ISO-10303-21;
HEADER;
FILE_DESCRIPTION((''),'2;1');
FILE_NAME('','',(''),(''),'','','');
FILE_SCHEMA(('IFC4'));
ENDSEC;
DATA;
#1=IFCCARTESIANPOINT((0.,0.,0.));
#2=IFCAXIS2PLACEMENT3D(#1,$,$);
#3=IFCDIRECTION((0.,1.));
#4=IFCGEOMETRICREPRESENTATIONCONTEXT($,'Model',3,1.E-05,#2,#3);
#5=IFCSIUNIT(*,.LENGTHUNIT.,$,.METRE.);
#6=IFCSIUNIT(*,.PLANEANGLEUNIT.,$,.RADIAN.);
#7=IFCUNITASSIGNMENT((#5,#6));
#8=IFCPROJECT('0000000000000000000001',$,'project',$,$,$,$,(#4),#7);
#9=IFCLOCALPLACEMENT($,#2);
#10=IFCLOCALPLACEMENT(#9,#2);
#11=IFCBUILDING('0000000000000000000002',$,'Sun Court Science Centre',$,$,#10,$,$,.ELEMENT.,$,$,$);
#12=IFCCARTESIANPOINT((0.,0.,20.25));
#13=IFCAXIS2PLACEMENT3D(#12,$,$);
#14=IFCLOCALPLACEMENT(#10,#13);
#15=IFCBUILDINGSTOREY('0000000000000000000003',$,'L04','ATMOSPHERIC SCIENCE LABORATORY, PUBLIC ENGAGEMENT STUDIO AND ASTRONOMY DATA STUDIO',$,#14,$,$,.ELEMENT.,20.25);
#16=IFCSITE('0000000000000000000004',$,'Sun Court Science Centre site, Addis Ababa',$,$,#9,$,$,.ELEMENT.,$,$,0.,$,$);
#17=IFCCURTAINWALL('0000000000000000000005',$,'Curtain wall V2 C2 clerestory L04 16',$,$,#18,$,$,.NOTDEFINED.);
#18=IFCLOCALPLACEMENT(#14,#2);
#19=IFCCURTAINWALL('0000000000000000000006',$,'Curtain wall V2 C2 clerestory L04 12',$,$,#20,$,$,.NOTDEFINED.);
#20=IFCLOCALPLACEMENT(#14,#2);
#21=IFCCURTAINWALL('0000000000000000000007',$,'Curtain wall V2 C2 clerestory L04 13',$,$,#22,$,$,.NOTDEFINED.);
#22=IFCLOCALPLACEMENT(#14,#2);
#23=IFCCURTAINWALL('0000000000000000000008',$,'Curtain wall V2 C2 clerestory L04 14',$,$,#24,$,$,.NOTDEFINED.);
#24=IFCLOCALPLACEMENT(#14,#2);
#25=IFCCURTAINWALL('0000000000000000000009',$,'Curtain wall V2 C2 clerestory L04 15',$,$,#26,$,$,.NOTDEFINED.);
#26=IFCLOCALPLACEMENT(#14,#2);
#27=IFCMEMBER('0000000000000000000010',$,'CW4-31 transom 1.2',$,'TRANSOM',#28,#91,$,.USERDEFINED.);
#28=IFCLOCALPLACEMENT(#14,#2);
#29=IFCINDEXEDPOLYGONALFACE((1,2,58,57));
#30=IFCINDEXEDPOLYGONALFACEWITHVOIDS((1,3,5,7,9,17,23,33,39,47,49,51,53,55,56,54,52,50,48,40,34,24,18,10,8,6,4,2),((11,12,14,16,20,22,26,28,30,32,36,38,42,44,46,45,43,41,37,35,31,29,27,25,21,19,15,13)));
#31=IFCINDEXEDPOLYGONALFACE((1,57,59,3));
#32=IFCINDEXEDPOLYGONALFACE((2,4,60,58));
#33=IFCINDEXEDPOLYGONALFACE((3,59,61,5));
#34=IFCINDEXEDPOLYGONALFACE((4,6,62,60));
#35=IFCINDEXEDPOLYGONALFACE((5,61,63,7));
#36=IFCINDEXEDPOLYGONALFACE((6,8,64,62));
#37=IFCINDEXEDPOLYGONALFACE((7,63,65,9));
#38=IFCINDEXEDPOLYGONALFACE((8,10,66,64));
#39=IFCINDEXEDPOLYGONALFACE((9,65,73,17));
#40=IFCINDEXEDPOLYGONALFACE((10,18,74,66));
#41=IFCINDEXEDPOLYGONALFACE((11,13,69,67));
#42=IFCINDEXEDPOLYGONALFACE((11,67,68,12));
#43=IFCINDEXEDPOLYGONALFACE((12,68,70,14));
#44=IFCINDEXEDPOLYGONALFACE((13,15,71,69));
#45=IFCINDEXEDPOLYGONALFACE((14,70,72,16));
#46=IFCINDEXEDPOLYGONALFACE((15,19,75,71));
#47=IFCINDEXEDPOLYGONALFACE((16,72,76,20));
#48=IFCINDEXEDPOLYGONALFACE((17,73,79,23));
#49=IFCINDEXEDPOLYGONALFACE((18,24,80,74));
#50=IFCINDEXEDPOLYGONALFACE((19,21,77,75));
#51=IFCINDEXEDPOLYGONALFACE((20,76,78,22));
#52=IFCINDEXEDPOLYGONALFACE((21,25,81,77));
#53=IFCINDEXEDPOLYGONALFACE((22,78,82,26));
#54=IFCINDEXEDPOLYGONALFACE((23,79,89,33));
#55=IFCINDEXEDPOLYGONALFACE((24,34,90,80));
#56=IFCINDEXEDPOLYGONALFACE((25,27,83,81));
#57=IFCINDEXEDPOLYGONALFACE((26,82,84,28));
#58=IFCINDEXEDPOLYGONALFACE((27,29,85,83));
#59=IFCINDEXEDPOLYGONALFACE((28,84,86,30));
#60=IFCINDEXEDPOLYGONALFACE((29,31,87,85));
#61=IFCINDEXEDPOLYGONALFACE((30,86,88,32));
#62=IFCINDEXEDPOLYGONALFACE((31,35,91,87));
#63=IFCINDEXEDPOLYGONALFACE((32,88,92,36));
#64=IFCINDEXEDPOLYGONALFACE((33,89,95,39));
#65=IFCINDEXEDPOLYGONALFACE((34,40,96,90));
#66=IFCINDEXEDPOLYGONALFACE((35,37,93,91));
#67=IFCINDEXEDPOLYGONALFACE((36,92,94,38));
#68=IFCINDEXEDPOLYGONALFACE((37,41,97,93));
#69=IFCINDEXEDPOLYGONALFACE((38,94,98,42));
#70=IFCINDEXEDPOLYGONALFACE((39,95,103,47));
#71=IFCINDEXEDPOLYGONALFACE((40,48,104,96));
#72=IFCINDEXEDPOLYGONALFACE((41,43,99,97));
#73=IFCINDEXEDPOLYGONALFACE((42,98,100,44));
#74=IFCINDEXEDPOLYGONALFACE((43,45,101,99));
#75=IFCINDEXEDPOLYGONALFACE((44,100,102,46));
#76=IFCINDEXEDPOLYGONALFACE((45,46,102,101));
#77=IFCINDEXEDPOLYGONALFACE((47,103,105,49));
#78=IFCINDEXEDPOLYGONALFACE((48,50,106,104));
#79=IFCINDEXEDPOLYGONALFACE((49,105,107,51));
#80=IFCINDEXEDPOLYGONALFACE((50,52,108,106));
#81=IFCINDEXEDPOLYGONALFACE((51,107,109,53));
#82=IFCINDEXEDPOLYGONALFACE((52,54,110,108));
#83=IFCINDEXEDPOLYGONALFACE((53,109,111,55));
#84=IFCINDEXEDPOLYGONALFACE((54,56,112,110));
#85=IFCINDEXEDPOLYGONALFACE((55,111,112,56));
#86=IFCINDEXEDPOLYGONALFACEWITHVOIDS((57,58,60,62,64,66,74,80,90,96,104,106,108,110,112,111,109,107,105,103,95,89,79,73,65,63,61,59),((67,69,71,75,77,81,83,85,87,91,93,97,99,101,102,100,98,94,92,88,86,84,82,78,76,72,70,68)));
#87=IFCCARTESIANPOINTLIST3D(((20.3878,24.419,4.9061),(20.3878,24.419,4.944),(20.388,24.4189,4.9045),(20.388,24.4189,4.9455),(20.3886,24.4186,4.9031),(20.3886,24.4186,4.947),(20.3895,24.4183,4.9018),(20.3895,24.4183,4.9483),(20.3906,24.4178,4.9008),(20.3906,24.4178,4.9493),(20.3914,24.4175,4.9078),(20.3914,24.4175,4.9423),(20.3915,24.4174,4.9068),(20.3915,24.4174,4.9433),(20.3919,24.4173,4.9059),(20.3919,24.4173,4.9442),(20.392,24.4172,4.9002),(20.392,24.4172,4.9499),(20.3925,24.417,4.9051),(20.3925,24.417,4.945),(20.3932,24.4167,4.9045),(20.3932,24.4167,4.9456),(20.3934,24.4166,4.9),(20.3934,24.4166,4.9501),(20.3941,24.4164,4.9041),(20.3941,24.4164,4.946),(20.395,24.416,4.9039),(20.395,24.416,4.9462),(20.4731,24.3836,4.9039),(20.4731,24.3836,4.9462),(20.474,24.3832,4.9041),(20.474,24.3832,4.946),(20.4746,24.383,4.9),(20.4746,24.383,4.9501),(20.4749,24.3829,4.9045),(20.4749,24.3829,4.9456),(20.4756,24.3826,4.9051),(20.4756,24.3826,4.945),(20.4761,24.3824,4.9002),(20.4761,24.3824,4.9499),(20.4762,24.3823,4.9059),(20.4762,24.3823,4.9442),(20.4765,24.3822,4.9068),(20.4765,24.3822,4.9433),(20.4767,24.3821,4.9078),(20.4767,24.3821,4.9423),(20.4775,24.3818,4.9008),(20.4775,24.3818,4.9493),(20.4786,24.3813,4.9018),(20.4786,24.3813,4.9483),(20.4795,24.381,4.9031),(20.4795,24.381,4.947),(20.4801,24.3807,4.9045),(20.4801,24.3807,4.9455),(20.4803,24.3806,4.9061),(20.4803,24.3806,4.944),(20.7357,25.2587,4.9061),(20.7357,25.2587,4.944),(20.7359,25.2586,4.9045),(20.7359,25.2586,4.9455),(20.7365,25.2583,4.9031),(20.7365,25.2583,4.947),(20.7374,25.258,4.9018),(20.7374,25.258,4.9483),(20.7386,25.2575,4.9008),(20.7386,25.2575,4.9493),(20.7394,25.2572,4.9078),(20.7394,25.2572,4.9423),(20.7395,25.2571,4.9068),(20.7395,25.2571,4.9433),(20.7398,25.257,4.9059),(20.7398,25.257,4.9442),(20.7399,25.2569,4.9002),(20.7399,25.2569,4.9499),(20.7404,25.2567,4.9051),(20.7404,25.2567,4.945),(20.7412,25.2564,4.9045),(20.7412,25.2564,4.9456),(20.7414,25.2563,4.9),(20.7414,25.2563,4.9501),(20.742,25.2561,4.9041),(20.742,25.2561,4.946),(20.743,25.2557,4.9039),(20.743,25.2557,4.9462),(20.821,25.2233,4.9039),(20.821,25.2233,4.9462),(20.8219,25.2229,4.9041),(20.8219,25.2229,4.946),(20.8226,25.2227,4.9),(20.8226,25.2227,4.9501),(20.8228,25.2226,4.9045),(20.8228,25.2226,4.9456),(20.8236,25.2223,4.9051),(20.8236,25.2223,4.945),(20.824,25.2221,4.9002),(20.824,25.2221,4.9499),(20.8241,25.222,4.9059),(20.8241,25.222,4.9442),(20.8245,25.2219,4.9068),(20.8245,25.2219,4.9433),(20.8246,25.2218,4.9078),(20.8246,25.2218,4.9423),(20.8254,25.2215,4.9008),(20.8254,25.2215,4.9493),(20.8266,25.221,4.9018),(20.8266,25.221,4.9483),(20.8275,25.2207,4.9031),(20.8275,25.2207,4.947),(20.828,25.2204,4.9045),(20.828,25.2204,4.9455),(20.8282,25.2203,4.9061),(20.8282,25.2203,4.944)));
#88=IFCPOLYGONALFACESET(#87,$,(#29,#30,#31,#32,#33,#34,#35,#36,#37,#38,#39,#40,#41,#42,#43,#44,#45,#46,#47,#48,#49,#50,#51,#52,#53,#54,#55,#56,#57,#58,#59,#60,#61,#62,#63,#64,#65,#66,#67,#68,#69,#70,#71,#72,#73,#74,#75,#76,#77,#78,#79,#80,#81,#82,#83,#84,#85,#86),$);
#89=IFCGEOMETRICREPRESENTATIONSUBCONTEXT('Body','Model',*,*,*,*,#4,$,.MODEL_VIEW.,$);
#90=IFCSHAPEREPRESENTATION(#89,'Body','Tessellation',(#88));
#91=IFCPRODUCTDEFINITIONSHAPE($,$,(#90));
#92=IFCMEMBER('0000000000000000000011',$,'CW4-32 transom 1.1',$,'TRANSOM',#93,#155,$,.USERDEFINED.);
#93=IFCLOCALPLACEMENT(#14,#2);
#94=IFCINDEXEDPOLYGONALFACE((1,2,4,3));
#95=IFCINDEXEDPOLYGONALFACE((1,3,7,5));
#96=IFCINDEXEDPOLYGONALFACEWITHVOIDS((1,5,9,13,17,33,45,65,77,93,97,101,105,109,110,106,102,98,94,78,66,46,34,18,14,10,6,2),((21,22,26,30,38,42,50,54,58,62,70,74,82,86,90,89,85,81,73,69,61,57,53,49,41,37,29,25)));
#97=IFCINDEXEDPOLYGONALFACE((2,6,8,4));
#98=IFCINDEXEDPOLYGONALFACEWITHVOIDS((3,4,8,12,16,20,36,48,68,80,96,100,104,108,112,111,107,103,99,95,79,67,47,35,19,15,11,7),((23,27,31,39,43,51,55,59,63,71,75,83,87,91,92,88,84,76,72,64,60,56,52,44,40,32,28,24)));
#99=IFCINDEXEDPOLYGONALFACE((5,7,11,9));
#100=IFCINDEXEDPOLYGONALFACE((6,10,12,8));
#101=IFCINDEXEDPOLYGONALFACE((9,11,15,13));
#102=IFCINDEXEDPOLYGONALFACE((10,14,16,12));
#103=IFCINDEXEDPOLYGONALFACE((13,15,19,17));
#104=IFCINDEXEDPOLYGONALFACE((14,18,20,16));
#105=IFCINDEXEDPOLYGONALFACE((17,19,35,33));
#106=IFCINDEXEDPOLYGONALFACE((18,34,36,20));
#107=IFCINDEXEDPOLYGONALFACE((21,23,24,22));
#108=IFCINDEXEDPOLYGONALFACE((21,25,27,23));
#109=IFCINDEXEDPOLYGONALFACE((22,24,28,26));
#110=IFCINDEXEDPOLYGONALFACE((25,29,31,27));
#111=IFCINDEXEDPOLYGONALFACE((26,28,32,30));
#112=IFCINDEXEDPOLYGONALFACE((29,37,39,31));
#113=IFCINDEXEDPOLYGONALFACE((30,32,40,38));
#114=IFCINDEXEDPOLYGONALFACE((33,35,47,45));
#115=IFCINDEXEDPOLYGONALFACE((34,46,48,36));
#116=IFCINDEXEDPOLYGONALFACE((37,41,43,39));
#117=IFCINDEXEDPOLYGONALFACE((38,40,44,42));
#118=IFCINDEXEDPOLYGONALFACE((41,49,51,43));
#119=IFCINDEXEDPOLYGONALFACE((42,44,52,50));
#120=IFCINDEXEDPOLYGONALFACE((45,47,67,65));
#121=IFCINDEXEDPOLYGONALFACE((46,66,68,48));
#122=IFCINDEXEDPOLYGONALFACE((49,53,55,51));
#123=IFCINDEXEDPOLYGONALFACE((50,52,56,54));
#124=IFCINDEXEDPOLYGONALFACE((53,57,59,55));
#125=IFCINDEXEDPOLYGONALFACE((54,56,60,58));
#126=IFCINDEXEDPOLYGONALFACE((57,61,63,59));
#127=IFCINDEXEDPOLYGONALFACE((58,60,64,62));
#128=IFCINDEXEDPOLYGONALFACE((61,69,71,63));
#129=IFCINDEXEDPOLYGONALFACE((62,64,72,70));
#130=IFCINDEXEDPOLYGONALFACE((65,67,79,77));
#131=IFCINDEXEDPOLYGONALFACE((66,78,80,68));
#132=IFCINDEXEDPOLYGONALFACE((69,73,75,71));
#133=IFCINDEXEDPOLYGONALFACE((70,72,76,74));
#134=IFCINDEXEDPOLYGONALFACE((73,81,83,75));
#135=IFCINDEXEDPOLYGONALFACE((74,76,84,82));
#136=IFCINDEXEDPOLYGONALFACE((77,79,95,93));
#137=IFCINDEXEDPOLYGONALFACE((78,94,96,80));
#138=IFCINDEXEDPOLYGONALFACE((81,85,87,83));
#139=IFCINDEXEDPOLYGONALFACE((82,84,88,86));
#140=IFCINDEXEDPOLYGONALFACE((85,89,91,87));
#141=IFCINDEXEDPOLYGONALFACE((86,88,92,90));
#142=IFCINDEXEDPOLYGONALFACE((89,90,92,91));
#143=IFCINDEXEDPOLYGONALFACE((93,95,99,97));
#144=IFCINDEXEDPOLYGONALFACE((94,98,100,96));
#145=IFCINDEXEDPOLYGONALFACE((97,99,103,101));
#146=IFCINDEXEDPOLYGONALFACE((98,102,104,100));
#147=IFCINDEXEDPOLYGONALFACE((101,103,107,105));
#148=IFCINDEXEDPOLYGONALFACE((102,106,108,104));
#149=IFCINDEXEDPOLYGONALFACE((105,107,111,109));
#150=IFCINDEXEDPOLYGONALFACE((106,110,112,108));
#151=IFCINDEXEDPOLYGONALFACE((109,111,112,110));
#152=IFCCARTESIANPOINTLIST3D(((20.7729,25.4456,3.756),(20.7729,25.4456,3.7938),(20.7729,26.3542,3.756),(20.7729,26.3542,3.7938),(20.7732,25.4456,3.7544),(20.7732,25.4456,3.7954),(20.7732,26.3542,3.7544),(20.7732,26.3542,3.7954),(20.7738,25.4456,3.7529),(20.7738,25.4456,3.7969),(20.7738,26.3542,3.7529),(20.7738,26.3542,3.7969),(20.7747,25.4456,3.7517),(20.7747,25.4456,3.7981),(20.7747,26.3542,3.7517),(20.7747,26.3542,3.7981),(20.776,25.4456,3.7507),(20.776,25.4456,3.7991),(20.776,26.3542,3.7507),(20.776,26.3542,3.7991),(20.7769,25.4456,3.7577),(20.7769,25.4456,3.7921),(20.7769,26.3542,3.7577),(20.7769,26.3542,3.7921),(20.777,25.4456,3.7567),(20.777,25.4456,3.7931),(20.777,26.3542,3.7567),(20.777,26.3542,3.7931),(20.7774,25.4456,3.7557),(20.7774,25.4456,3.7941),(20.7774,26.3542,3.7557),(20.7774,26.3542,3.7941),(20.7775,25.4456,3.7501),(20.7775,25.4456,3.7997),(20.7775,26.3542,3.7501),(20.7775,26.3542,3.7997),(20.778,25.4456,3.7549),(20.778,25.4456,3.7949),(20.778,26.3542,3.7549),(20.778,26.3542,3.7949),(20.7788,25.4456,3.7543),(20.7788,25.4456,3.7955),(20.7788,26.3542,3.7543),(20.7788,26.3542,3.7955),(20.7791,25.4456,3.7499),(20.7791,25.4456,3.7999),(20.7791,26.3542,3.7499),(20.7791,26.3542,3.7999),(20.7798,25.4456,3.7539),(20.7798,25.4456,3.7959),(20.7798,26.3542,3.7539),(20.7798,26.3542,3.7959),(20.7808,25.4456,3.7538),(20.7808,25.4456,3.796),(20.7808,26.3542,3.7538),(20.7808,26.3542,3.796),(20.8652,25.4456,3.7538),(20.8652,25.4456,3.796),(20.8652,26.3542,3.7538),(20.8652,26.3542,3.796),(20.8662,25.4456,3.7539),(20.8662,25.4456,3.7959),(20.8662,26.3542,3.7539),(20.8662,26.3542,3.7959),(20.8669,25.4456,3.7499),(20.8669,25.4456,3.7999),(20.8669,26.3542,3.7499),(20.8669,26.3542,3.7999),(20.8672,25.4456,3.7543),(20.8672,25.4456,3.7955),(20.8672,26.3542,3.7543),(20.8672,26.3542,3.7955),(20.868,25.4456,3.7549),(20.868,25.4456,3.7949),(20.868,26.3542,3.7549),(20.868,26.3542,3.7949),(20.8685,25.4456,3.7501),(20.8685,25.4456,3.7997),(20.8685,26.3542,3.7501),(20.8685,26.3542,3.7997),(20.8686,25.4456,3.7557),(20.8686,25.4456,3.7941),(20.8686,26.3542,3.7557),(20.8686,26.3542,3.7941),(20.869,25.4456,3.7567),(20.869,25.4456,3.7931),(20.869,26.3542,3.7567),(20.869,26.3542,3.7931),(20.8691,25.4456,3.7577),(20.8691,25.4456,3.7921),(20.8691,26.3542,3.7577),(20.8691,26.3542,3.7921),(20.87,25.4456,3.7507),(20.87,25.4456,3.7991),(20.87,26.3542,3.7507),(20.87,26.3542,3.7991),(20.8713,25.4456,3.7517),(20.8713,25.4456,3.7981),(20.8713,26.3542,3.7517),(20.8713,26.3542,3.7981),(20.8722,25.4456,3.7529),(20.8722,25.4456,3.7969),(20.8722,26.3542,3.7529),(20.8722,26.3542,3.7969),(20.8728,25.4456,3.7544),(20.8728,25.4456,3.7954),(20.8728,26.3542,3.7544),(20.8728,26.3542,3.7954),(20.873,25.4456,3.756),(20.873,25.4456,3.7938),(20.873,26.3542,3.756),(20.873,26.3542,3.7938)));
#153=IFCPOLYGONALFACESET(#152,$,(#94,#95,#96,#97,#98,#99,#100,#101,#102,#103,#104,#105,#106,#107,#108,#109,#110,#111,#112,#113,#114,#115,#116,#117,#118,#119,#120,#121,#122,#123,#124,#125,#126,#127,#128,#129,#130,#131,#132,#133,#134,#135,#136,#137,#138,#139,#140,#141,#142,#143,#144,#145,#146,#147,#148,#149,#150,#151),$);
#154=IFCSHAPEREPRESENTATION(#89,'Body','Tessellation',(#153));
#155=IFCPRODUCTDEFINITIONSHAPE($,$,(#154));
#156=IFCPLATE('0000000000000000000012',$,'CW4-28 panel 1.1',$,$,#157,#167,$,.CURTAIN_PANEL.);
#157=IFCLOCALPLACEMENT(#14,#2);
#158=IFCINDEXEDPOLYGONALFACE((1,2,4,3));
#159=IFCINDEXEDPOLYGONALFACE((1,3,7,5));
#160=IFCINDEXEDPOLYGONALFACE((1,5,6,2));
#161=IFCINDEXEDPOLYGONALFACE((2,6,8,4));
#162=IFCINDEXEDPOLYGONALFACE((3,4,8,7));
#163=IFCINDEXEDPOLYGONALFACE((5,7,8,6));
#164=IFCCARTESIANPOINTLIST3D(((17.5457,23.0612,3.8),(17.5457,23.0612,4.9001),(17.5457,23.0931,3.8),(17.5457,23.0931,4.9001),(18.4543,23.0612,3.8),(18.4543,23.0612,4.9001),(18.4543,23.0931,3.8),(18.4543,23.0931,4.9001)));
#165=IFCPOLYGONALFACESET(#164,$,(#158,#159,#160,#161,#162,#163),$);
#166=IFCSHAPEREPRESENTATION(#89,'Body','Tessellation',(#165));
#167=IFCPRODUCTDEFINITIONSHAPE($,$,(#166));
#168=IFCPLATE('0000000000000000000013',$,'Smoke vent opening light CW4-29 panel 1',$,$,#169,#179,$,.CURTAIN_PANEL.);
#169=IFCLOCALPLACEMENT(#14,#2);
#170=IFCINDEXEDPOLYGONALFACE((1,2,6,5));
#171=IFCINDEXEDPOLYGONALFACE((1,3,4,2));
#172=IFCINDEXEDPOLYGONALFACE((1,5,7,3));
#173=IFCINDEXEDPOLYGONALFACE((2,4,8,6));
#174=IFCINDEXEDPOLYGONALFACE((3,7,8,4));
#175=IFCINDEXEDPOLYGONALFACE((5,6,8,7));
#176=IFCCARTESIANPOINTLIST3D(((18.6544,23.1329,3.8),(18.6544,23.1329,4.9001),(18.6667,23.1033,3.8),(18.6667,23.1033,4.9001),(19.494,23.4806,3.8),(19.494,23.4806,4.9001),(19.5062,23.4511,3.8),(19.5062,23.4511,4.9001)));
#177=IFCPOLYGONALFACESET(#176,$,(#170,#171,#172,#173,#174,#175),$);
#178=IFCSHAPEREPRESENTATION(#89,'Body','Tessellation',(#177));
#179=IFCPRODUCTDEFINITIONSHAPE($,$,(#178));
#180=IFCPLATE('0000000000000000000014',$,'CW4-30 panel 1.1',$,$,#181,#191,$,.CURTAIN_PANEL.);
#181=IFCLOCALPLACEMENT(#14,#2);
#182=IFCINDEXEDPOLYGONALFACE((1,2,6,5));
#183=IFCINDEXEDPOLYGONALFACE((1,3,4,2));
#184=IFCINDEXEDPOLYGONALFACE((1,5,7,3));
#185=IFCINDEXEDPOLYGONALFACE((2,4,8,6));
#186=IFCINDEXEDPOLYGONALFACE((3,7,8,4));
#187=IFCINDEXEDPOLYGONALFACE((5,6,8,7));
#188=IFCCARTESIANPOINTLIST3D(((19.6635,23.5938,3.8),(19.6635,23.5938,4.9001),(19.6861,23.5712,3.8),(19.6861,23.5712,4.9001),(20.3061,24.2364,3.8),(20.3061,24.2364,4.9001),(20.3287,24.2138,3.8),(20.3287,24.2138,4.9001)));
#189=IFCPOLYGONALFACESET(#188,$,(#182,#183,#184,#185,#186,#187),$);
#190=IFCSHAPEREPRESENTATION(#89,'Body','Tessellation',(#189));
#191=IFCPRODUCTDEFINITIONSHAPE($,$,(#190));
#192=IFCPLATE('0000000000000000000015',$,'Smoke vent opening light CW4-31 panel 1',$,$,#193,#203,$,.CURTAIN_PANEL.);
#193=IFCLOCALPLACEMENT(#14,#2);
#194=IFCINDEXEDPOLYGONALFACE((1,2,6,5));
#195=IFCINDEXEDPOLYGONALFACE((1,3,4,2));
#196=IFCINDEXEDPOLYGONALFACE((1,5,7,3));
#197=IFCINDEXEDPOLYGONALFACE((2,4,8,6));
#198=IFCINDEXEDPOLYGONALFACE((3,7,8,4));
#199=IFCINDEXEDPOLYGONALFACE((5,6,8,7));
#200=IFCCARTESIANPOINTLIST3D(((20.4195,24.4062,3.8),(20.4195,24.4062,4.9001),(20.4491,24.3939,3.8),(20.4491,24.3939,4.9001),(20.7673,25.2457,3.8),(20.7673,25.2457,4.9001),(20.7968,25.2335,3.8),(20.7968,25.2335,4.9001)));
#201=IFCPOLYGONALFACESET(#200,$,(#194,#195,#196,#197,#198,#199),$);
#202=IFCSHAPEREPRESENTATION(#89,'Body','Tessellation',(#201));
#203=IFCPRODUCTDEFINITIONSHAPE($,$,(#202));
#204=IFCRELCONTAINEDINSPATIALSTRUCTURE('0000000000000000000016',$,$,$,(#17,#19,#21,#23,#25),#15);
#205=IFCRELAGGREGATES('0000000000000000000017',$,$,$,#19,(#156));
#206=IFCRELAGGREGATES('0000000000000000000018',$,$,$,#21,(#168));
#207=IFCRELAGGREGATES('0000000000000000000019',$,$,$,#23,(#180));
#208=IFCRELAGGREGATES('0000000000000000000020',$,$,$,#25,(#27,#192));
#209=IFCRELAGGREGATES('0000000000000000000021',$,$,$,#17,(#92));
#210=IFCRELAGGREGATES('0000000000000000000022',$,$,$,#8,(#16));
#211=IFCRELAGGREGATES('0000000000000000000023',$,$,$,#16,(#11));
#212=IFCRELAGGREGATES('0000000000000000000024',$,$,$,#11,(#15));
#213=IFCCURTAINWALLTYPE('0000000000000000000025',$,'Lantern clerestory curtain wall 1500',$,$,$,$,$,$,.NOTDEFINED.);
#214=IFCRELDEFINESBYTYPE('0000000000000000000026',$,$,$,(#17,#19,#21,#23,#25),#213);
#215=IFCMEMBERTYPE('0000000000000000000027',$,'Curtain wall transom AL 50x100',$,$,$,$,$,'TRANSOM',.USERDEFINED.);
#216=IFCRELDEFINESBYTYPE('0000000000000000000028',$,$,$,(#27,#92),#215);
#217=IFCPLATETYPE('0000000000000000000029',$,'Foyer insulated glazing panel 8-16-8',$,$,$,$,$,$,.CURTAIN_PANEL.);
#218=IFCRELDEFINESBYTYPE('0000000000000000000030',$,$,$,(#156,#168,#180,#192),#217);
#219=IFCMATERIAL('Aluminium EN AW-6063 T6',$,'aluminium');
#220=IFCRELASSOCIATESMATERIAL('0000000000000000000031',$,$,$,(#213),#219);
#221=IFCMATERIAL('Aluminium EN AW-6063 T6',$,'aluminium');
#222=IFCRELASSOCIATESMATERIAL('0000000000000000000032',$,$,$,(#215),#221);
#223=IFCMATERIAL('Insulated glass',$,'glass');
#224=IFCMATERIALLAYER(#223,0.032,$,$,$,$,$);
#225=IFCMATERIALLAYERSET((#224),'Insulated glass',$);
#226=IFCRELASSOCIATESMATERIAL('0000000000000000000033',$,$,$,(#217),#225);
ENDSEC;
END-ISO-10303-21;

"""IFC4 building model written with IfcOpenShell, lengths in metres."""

from ifc_helpers import new_model, si_unit, direction, frame, origin, origin_2d, place, context, subcontext, project, spatial, rectangle, hollow_rectangle, extrude, material, layer, layer_set, material_profile, profile_set, type_object, element, aggregate, save


model = new_model("IFC4")

# Units and contexts
model_context = context("Model", 3, precision=1e-05, world=origin(), true_north=direction((0.0, 1.0)))
body_context = subcontext(model_context, "Body", "Model", "MODEL_VIEW")
ifc_project = project(units=[si_unit("LENGTHUNIT", "METRE"), si_unit("PLANEANGLEUNIT", "RADIAN")], contexts=[model_context])

# Site, building, storey
site_placement = place(None, origin())
site = spatial("IfcSite", under=ifc_project, at=site_placement, Name="Sun Court Science Centre site, Addis Ababa", CompositionType="ELEMENT", RefElevation=0.0)
building_placement = place(site_placement, origin())
building = spatial("IfcBuilding", under=site, at=building_placement, Name="Sun Court Science Centre", CompositionType="ELEMENT")
storey_placement = place(building_placement, frame((0.0, 0.0, 20.25)))
storey = spatial("IfcBuildingStorey", under=building, at=storey_placement, Name="L04", Description="ATMOSPHERIC SCIENCE LABORATORY, PUBLIC ENGAGEMENT STUDIO AND ASTRONOMY DATA STUDIO", CompositionType="ELEMENT", Elevation=20.25)

# Curtain wall
ifc_material_1 = material(Name="Aluminium EN AW-6063 T6", Category="aluminium")
curtain_wall_type = type_object("IfcCurtainWallType", Name="Lantern clerestory curtain wall 1500", PredefinedType="NOTDEFINED", material=ifc_material_1)
curtain_wall_1_placement = place(storey_placement, origin())
curtain_wall_1 = element("IfcCurtainWall", 1, at=curtain_wall_1_placement, inside=storey, type_object=curtain_wall_type, Name="Curtain wall V2 C2 clerestory L04 16", PredefinedType="NOTDEFINED")

# Curtain walls, member
curtain_wall_2_placement = place(storey_placement, origin())
curtain_wall_2 = element("IfcCurtainWall", 2, at=curtain_wall_2_placement, inside=storey, type_object=curtain_wall_type, Name="Curtain wall V2 C2 clerestory L04 12", PredefinedType="NOTDEFINED")
ifc_material_2 = material(Name="Aluminium EN AW-6063 T6", Category="aluminium")
ifc_material_profile_1 = material_profile(ifc_material_2, hollow_rectangle(XDim=0.05, YDim=0.1001, WallThickness=0.0039, InnerFilletRadius=0.0039, OuterFilletRadius=0.0061, at=origin_2d()), Name="AL 50x100x4")
ifc_profile_set_1 = profile_set([ifc_material_profile_1], Name="Aluminium EN AW-6063 T6")
member_type_1 = type_object("IfcMemberType", Name="Curtain wall transom AL 50x100", ElementType="TRANSOM", PredefinedType="USERDEFINED", material=ifc_profile_set_1)
curtain_wall_3_placement = place(storey_placement, origin())
curtain_wall_3 = element("IfcCurtainWall", 3, at=curtain_wall_3_placement, inside=storey, type_object=curtain_wall_type, Name="Curtain wall V2 C2 clerestory L04 13", PredefinedType="NOTDEFINED")
curtain_wall_4_placement = place(storey_placement, origin())
curtain_wall_4 = element("IfcCurtainWall", 4, at=curtain_wall_4_placement, inside=storey, type_object=curtain_wall_type, Name="Curtain wall V2 C2 clerestory L04 14", PredefinedType="NOTDEFINED")
curtain_wall_5_placement = place(storey_placement, origin())
curtain_wall_5 = element("IfcCurtainWall", 5, at=curtain_wall_5_placement, inside=storey, type_object=curtain_wall_type, Name="Curtain wall V2 C2 clerestory L04 15", PredefinedType="NOTDEFINED")
member_1_placement = place(storey_placement, frame((20.782, 25.2395, 4.925), z_axis=(-0.382803, -0.92383, 0.0), x_axis=(0.0, 0.0, 1.0)))
member_1 = element("IfcMember", 6, at=member_1_placement, type_object=member_type_1, Name="CW4-31 transom 1.2", ObjectType="TRANSOM", PredefinedType="USERDEFINED", context=body_context, shape_type="SweptSolid", body=[
    extrude(hollow_rectangle(XDim=0.05, YDim=0.1001, WallThickness=0.0039, InnerFilletRadius=0.0039, OuterFilletRadius=0.0061, at=origin_2d()), origin(), (0.0, 0.0, 1.0), 0.9089),
])

# Member
member_2_placement = place(storey_placement, frame((20.823, 26.3542, 3.7749), z_axis=(0.0, -1.0, 0.0), x_axis=(0.0, 0.0, 1.0)))
member_2 = element("IfcMember", 7, at=member_2_placement, type_object=member_type_1, Name="CW4-32 transom 1.1", ObjectType="TRANSOM", PredefinedType="USERDEFINED", context=body_context, shape_type="SweptSolid", body=[
    extrude(hollow_rectangle(XDim=0.05, YDim=0.1001, WallThickness=0.0039, InnerFilletRadius=0.0039, OuterFilletRadius=0.0061, at=origin_2d()), origin(), (0.0, 0.0, 1.0), 0.9087),
])

# Plates
ifc_material_3 = material(Name="Insulated glass", Category="glass")
ifc_layer = layer(ifc_material_3, 0.032)
ifc_layer_set = layer_set([ifc_layer], Name="Insulated glass")
plate_type = type_object("IfcPlateType", Name="Foyer insulated glazing panel 8-16-8", PredefinedType="CURTAIN_PANEL", material=ifc_layer_set)
plate_1_placement = place(storey_placement, frame((18.0, 23.0771, 3.8), z_axis=(0.0, 0.0, 1.0), x_axis=(-1.0, 0.0, 0.0)))
plate_1 = element("IfcPlate", 8, at=plate_1_placement, type_object=plate_type, Name="CW4-28 panel 1.1", PredefinedType="CURTAIN_PANEL", context=body_context, shape_type="SweptSolid", body=[
    extrude(rectangle(XDim=0.9087, YDim=0.032, at=origin_2d()), origin(), (0.0, 0.0, 1.0), 1.1001),
])
aggregate(curtain_wall_2, [plate_1])
plate_2_placement = place(storey_placement, frame((19.0803, 23.292, 3.8), z_axis=(0.0, 0.0, 1.0), x_axis=(-0.92388, -0.382683, 0.0)))
plate_2 = element("IfcPlate", 9, at=plate_2_placement, type_object=plate_type, Name="Smoke vent opening light CW4-29 panel 1", PredefinedType="CURTAIN_PANEL", context=body_context, shape_type="SweptSolid", body=[
    extrude(rectangle(XDim=0.9087, YDim=0.032, at=origin_2d()), origin(), (0.0, 0.0, 1.0), 1.1001),
])
aggregate(curtain_wall_3, [plate_2])
plate_3_placement = place(storey_placement, frame((19.9961, 23.9038, 3.8), z_axis=(0.0, 0.0, 1.0), x_axis=(-0.707107, -0.707107, 0.0)))
plate_3 = element("IfcPlate", 10, at=plate_3_placement, type_object=plate_type, Name="CW4-30 panel 1.1", PredefinedType="CURTAIN_PANEL", context=body_context, shape_type="SweptSolid", body=[
    extrude(rectangle(XDim=0.9087, YDim=0.032, at=origin_2d()), origin(), (0.0, 0.0, 1.0), 1.1001),
])
aggregate(curtain_wall_4, [plate_3])
plate_4_placement = place(storey_placement, frame((20.6082, 24.8198, 3.8), z_axis=(0.0, 0.0, 1.0), x_axis=(-0.382683, -0.92388, 0.0)))
plate_4 = element("IfcPlate", 11, at=plate_4_placement, type_object=plate_type, Name="Smoke vent opening light CW4-31 panel 1", PredefinedType="CURTAIN_PANEL", context=body_context, shape_type="SweptSolid", body=[
    extrude(rectangle(XDim=0.9087, YDim=0.032, at=origin_2d()), origin(), (0.0, 0.0, 1.0), 1.1001),
])
aggregate(curtain_wall_5, [member_1, plate_4])
aggregate(curtain_wall_1, [member_2])

save(model, "model.ifc")
